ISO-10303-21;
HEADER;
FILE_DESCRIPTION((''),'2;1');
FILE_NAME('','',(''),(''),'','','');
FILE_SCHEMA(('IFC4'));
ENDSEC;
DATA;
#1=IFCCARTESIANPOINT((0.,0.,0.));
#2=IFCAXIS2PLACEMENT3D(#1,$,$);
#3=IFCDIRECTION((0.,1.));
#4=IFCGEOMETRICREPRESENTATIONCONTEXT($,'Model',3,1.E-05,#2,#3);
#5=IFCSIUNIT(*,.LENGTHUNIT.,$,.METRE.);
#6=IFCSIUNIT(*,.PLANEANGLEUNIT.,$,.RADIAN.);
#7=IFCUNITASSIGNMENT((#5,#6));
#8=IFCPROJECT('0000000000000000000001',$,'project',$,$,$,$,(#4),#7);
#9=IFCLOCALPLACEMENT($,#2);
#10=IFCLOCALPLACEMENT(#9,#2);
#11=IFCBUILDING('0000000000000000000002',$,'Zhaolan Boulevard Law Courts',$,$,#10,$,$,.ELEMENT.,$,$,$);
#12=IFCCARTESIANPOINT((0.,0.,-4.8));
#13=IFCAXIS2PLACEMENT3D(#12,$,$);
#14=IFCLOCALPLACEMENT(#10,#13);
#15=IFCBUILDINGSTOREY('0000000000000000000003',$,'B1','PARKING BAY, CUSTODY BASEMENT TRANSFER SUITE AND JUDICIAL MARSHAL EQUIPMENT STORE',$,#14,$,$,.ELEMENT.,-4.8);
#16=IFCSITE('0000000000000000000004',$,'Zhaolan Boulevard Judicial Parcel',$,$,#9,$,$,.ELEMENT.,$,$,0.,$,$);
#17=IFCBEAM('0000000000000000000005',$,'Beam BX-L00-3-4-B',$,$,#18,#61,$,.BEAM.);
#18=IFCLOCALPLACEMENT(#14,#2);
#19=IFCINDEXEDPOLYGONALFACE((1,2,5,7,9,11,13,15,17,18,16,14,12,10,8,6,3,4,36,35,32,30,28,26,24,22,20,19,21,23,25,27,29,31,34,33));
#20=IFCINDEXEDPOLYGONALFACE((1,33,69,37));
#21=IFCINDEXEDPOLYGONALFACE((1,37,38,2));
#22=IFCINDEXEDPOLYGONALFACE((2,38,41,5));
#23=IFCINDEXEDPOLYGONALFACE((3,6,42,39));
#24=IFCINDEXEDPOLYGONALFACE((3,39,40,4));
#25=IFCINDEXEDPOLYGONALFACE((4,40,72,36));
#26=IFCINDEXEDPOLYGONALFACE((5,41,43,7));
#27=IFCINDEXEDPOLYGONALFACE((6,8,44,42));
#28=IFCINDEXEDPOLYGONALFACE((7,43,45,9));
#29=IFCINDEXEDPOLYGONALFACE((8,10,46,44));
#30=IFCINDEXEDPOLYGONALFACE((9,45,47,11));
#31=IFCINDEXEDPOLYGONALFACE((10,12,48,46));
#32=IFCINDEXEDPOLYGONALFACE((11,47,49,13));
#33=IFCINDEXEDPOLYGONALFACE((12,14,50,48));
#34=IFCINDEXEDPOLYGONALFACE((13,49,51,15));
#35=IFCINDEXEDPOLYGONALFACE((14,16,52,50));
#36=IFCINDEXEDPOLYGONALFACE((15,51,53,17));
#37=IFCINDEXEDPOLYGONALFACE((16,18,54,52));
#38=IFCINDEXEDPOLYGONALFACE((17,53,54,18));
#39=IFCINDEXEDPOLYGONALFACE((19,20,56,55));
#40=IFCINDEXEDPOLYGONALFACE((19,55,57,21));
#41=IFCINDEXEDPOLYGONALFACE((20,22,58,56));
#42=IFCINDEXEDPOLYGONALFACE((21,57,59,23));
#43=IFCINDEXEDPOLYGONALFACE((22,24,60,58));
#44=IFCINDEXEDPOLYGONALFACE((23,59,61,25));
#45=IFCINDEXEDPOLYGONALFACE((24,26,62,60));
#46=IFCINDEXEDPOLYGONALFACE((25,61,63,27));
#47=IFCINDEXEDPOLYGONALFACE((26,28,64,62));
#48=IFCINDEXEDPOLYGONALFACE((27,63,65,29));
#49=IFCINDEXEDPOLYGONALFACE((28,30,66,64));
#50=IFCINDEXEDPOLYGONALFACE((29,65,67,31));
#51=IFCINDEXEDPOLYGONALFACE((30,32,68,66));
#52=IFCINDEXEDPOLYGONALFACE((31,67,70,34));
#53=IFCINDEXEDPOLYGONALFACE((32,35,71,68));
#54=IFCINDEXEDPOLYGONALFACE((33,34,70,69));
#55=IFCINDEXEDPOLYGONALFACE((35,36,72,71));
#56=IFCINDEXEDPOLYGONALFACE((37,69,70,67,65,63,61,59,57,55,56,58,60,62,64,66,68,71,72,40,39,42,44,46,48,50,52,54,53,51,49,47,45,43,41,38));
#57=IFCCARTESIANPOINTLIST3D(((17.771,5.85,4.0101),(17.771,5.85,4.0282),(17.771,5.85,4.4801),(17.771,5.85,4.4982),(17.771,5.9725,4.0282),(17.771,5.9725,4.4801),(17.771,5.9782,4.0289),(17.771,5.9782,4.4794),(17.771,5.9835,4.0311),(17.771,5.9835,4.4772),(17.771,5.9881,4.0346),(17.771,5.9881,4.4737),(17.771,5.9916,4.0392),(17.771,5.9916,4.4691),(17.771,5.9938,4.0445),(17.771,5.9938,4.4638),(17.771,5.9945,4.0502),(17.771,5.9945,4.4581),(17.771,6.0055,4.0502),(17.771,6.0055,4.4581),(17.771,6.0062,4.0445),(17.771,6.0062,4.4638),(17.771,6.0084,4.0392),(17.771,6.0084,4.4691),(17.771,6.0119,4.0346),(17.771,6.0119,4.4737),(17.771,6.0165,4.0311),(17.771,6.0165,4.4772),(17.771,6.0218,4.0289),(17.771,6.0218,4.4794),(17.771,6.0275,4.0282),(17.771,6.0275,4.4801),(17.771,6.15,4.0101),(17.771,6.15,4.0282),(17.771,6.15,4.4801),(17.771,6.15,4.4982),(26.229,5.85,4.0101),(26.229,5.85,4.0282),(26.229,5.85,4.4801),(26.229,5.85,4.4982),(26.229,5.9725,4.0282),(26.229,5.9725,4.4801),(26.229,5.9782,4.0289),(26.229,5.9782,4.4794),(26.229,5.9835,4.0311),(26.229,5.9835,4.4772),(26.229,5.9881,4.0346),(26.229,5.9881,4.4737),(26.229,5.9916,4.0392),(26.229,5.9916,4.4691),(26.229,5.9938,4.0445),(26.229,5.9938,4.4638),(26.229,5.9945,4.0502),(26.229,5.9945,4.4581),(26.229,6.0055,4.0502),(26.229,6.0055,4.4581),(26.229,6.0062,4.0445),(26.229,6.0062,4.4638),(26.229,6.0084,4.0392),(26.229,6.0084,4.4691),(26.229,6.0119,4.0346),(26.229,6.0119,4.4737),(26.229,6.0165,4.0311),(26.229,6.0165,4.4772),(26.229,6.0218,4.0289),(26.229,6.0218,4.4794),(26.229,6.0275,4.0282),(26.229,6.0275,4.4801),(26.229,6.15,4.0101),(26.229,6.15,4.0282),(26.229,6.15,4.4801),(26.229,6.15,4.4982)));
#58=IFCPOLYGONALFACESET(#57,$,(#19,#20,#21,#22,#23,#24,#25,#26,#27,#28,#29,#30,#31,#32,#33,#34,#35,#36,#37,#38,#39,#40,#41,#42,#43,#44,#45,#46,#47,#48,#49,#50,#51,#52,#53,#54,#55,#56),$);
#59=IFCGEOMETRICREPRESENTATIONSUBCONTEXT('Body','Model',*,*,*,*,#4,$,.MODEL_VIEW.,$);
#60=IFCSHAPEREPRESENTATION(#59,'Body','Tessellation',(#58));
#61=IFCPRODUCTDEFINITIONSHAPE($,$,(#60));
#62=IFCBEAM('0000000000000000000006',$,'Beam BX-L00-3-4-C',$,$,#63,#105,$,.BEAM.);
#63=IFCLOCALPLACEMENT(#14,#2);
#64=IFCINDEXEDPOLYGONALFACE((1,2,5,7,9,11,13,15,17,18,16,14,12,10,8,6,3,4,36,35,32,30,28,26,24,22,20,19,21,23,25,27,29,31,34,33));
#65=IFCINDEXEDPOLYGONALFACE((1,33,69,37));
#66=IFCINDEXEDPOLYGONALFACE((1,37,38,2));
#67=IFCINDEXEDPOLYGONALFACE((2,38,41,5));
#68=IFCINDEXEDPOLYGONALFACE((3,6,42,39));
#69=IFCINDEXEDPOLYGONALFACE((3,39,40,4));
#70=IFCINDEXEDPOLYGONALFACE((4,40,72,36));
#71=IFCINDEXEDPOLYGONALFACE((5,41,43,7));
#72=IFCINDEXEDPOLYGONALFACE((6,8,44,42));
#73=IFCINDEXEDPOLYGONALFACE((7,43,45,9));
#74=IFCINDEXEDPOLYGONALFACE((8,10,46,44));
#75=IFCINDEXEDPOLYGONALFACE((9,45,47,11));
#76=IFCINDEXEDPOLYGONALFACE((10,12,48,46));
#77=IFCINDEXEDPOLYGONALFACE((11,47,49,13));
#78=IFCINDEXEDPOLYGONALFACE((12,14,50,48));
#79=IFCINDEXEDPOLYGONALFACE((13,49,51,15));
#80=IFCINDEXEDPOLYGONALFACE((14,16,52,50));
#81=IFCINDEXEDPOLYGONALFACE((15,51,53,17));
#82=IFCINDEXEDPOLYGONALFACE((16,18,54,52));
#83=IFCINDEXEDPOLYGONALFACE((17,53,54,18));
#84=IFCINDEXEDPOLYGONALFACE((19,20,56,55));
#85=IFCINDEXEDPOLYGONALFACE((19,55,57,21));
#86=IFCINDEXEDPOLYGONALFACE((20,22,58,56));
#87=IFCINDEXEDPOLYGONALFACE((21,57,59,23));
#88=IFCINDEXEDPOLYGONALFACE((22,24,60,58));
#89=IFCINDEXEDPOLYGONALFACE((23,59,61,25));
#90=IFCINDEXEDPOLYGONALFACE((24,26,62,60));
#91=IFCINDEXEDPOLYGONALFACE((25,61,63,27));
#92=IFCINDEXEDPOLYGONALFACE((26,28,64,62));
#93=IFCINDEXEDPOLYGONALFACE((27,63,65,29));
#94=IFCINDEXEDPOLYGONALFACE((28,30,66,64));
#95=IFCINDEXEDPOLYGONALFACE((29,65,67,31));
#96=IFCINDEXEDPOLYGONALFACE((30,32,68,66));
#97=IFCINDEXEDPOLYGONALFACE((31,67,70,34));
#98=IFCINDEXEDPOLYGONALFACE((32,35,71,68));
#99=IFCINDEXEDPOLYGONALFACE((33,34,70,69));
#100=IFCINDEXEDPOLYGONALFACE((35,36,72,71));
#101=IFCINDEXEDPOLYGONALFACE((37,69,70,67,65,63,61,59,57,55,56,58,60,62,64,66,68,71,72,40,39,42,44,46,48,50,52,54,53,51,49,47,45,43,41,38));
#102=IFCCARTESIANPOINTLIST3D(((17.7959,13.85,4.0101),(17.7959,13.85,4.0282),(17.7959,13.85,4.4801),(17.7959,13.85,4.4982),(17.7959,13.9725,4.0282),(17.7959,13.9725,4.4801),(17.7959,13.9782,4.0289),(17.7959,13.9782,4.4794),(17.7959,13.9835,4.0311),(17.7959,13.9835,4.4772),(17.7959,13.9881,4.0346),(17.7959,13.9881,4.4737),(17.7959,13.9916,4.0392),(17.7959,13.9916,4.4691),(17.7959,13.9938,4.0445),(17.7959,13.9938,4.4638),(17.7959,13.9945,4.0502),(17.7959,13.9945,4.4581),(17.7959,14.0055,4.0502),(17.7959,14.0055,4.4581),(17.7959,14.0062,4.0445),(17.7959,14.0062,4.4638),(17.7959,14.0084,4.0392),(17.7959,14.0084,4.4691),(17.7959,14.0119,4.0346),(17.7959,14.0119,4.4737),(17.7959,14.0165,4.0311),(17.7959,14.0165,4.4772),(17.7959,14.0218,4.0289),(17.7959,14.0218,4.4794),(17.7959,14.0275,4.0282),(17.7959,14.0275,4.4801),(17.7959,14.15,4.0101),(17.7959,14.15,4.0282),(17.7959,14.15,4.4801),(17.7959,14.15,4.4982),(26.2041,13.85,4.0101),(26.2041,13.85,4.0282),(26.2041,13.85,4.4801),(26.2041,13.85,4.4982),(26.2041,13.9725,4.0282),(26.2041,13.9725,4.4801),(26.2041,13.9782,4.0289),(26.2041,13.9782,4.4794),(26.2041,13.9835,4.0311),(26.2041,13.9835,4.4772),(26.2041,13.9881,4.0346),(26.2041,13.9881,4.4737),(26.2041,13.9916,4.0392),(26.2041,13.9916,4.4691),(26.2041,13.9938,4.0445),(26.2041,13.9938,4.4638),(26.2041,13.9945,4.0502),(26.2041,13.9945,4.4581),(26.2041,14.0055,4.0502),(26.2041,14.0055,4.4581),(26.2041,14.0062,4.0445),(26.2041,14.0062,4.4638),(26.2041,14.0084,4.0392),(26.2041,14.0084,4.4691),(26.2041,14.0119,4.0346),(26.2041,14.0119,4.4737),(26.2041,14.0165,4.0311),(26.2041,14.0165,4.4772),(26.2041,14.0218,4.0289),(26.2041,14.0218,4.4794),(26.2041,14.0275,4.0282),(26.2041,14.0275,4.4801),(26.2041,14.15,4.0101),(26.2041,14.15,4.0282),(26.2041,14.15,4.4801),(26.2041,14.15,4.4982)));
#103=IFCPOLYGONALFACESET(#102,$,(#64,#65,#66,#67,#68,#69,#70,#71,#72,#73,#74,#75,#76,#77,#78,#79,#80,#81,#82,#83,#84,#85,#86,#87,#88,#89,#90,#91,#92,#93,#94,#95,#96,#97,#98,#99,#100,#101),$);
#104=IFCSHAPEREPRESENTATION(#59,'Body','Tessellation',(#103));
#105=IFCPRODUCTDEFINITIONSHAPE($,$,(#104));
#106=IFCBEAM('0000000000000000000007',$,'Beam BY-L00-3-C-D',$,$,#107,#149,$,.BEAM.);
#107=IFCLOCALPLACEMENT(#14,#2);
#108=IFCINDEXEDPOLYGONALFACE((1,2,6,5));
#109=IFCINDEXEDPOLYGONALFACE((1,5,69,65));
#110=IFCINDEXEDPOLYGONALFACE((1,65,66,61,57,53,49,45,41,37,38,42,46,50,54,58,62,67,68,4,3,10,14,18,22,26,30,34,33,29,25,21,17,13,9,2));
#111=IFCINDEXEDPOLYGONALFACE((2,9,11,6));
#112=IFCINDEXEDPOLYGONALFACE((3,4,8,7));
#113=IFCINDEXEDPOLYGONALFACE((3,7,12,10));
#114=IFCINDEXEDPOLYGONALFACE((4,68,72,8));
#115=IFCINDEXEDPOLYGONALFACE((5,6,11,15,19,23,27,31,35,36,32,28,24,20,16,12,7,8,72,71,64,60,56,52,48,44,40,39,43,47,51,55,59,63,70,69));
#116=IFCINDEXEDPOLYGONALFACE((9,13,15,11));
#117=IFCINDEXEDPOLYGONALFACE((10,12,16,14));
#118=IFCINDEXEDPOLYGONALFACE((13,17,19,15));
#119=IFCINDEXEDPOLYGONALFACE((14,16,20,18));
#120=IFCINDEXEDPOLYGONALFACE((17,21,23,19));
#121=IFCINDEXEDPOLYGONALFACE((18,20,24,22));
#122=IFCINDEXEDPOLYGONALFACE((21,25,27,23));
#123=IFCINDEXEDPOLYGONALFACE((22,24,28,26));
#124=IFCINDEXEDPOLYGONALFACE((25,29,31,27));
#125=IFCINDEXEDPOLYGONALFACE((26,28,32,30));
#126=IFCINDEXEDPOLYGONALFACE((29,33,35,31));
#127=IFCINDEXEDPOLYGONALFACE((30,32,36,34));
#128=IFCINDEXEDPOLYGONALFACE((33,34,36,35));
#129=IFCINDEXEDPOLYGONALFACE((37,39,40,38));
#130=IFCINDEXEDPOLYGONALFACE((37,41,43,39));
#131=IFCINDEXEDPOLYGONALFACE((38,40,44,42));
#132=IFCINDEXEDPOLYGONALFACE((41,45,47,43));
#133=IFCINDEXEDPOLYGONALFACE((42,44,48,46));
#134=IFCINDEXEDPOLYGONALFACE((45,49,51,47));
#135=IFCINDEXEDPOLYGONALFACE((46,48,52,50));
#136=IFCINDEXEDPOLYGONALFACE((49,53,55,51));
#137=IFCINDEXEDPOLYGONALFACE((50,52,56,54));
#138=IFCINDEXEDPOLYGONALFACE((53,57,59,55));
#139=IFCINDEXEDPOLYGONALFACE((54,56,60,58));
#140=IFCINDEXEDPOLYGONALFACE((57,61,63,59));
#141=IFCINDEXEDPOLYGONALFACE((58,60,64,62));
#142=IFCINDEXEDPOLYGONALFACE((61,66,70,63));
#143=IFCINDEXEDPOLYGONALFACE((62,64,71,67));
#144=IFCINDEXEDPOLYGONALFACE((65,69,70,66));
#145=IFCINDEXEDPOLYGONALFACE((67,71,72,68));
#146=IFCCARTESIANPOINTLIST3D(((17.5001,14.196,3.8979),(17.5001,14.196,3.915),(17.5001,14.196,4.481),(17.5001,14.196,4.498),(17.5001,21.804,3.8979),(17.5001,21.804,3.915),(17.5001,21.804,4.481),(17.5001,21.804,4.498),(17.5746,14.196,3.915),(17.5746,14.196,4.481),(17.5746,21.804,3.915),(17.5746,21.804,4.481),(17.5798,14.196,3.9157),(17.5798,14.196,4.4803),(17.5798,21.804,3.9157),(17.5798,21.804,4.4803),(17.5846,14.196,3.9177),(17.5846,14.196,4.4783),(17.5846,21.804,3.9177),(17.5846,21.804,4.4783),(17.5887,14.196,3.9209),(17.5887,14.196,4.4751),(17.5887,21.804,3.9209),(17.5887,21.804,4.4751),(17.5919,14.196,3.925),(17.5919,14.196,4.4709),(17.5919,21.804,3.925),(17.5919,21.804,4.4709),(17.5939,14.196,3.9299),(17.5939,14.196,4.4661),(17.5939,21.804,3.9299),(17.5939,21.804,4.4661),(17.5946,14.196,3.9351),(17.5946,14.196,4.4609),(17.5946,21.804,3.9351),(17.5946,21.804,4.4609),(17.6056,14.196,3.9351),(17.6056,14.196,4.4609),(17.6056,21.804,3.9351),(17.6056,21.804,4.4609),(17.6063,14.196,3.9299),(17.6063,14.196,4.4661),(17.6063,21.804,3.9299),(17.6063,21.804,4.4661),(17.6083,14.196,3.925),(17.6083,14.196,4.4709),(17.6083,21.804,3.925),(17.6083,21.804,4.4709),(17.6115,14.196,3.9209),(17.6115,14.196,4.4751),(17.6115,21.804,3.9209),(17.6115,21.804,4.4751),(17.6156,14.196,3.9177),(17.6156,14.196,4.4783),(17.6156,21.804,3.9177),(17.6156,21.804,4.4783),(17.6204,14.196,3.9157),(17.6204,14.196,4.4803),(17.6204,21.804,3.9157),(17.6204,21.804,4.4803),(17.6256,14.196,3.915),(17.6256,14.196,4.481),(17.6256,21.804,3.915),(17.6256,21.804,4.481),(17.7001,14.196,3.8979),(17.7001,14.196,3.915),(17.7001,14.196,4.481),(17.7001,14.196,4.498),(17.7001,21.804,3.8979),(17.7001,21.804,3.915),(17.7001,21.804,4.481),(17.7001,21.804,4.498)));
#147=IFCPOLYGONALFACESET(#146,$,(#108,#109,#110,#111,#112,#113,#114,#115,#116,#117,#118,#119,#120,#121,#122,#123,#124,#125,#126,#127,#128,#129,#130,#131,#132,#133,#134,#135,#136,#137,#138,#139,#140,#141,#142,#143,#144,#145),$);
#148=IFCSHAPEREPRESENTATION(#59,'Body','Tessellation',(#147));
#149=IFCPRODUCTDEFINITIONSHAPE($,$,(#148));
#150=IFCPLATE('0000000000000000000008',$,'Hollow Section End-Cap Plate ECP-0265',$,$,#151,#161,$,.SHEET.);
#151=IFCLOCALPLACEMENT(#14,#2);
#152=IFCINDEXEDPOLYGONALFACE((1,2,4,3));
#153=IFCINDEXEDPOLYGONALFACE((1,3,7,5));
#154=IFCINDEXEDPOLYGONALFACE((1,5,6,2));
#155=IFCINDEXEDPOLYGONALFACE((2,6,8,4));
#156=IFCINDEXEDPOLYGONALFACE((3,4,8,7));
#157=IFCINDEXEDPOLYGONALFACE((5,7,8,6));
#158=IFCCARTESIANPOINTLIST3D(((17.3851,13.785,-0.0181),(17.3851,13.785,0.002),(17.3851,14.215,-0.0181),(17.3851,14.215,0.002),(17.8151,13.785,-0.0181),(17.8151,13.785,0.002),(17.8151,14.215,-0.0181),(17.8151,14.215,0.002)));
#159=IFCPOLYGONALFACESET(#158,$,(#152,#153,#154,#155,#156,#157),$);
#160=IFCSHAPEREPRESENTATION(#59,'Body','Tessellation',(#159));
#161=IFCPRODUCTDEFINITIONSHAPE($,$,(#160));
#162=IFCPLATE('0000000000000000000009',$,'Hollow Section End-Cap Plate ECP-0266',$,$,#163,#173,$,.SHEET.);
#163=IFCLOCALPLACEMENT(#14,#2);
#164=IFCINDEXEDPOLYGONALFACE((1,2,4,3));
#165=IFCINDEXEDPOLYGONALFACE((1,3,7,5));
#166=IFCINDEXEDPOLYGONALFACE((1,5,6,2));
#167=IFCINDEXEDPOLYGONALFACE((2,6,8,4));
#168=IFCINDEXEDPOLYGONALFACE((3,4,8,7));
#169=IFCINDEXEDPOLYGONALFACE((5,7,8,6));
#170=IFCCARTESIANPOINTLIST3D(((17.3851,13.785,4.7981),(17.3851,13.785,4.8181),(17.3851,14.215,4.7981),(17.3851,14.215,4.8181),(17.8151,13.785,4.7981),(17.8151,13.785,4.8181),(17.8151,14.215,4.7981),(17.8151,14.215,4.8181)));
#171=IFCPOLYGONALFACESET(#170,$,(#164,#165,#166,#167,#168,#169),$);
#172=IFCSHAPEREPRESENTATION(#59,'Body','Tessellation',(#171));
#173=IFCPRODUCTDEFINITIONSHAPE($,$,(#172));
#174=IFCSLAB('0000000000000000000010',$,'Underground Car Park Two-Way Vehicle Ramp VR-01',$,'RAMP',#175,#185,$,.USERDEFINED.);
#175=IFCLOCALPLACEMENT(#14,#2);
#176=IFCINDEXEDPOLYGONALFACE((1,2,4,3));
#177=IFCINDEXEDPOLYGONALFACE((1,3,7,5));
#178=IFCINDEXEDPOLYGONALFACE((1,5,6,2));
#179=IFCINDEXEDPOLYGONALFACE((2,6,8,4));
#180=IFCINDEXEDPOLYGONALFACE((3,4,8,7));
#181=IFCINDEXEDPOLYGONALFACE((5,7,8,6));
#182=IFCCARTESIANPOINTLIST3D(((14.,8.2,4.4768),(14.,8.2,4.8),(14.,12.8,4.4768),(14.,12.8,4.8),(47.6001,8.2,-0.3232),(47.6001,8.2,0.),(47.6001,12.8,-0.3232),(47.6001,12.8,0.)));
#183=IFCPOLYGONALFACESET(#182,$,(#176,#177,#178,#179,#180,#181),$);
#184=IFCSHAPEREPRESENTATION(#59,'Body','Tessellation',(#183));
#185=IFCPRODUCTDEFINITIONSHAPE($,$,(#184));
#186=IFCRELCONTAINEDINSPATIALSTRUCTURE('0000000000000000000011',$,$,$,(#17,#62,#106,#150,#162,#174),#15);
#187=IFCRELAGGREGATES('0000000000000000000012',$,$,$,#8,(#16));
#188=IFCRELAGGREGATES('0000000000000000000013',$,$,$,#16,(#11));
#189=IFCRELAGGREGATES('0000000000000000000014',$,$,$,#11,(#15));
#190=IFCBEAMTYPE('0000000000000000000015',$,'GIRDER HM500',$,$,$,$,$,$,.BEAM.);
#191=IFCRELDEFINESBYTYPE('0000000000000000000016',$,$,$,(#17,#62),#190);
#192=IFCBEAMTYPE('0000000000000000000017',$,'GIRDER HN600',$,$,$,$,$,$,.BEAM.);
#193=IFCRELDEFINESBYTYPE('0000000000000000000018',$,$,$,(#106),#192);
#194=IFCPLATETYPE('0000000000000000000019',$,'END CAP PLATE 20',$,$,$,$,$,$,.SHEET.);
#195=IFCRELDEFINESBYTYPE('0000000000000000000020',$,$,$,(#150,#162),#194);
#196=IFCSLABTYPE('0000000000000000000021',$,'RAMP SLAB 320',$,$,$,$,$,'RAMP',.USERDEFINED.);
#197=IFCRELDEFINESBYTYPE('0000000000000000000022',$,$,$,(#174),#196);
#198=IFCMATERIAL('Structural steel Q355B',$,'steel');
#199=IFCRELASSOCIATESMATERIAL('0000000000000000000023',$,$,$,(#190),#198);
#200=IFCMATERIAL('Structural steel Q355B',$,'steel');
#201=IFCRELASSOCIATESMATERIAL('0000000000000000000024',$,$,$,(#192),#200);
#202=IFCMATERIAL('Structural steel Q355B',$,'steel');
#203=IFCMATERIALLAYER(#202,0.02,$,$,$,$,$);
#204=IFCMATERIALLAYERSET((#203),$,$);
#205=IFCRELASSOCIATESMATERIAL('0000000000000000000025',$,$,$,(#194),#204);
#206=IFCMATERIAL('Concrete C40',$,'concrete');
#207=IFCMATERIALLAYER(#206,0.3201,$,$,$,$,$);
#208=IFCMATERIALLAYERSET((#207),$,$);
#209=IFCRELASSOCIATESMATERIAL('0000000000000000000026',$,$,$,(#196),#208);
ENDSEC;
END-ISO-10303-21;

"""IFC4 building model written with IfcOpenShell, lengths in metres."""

from ifc_helpers import new_model, si_unit, direction, frame, origin, origin_2d, place, context, subcontext, project, spatial, polyline, rectangle, i_section, outline, extrude, material, layer, layer_set, material_profile, profile_set, type_object, element, save


model = new_model("IFC4")

# Units and contexts
model_context = context("Model", 3, precision=1e-05, world=origin(), true_north=direction((0.0, 1.0)))
body_context = subcontext(model_context, "Body", "Model", "MODEL_VIEW")
ifc_project = project(units=[si_unit("LENGTHUNIT", "METRE"), si_unit("PLANEANGLEUNIT", "RADIAN")], contexts=[model_context])

# Site, building, storey
site_placement = place(None, origin())
site = spatial("IfcSite", under=ifc_project, at=site_placement, Name="Zhaolan Boulevard Judicial Parcel", CompositionType="ELEMENT", RefElevation=0.0)
building_placement = place(site_placement, origin())
building = spatial("IfcBuilding", under=site, at=building_placement, Name="Zhaolan Boulevard Law Courts", CompositionType="ELEMENT")
storey_placement = place(building_placement, frame((0.0, 0.0, -4.8)))
storey = spatial("IfcBuildingStorey", under=building, at=storey_placement, Name="B1", Description="PARKING BAY, CUSTODY BASEMENT TRANSFER SUITE AND JUDICIAL MARSHAL EQUIPMENT STORE", CompositionType="ELEMENT", Elevation=-4.8)

# Beams
ifc_material_1 = material(Name="Structural steel Q355B", Category="steel")
ifc_material_profile_1 = material_profile(ifc_material_1, i_section(OverallWidth=0.3, OverallDepth=0.488, WebThickness=0.011, FlangeThickness=0.0181, FilletRadius=0.022, at=origin_2d()), Name="HM488x300")
ifc_profile_set_1 = profile_set([ifc_material_profile_1], Name="Structural steel Q355B")
beam_type_1 = type_object("IfcBeamType", Name="GIRDER HM500", PredefinedType="BEAM", material=ifc_profile_set_1)
beam_1_placement = place(storey_placement, frame((17.771, 6.0, 4.2542), z_axis=(1.0, 0.0, 0.0), x_axis=(0.0, 1.0, 0.0)))
element("IfcBeam", 1, at=beam_1_placement, inside=storey, type_object=beam_type_1, Name="Beam BX-L00-3-4-B", PredefinedType="BEAM", context=body_context, shape_type="SweptSolid", body=[
    extrude(i_section(OverallWidth=0.3, OverallDepth=0.488, WebThickness=0.011, FlangeThickness=0.0181, FilletRadius=0.022, at=origin_2d()), origin(), (0.0, 0.0, 1.0), 8.458),
])
beam_2_placement = place(storey_placement, frame((17.7959, 14.0, 4.2542), z_axis=(1.0, 0.0, 0.0), x_axis=(0.0, 1.0, 0.0)))
element("IfcBeam", 2, at=beam_2_placement, inside=storey, type_object=beam_type_1, Name="Beam BX-L00-3-4-C", PredefinedType="BEAM", context=body_context, shape_type="SweptSolid", body=[
    extrude(i_section(OverallWidth=0.3, OverallDepth=0.488, WebThickness=0.011, FlangeThickness=0.0181, FilletRadius=0.022, at=origin_2d()), origin(), (0.0, 0.0, 1.0), 8.4082),
])
ifc_material_2 = material(Name="Structural steel Q355B", Category="steel")
ifc_material_profile_2 = material_profile(ifc_material_2, i_section(OverallWidth=0.2, OverallDepth=0.6001, WebThickness=0.011, FlangeThickness=0.0171, FilletRadius=0.02, at=origin_2d()), Name="HN600x200")
ifc_profile_set_2 = profile_set([ifc_material_profile_2], Name="Structural steel Q355B")
beam_type_2 = type_object("IfcBeamType", Name="GIRDER HN600", PredefinedType="BEAM", material=ifc_profile_set_2)
beam_3_placement = place(storey_placement, frame((17.6001, 14.196, 4.198), z_axis=(0.0, 1.0, 0.0), x_axis=(-1.0, 0.0, 0.0)))
element("IfcBeam", 3, at=beam_3_placement, inside=storey, type_object=beam_type_2, Name="Beam BY-L00-3-C-D", PredefinedType="BEAM", context=body_context, shape_type="SweptSolid", body=[
    extrude(i_section(OverallWidth=0.2, OverallDepth=0.6001, WebThickness=0.011, FlangeThickness=0.0171, FilletRadius=0.02, at=origin_2d()), origin(), (0.0, 0.0, 1.0), 7.6079),
])

# Plates
ifc_material_3 = material(Name="Structural steel Q355B", Category="steel")
ifc_layer_1 = layer(ifc_material_3, 0.02)
ifc_layer_set_1 = layer_set([ifc_layer_1])
plate_type = type_object("IfcPlateType", Name="END CAP PLATE 20", PredefinedType="SHEET", material=ifc_layer_set_1)
for number, where, z_axis, x_axis, name in (
    (4, (17.6001, 14.0, -0.0181), (0.0, 0.0, 1.0), (1.0, 0.0, 0.0), "Hollow Section End-Cap Plate ECP-0265"),
    (5, (17.6001, 14.0, 4.7981), (0.0, 0.0, 1.0), (1.0, 0.0, 0.0), "Hollow Section End-Cap Plate ECP-0266"),
):
    element("IfcPlate", number, at=place(storey_placement, frame(where, z_axis=z_axis, x_axis=x_axis)), inside=storey, type_object=plate_type, Name=name, PredefinedType="SHEET", context=body_context, shape_type="SweptSolid", body=[
        extrude(rectangle(XDim=0.4299, YDim=0.4299, at=origin_2d()), origin(), (0.0, 0.0, 1.0), 0.02),
    ])

# Slab
ifc_material_4 = material(Name="Concrete C40", Category="concrete")
ifc_layer_2 = layer(ifc_material_4, 0.3201)
ifc_layer_set_2 = layer_set([ifc_layer_2])
slab_type = type_object("IfcSlabType", Name="RAMP SLAB 320", ElementType="RAMP", PredefinedType="USERDEFINED", material=ifc_layer_set_2)
slab_placement = place(storey_placement, frame((14.0, 12.8, 0.0), z_axis=(0.0, -1.0, 0.0), x_axis=(1.0, 0.0, 0.0)))
element("IfcSlab", 6, at=slab_placement, inside=storey, type_object=slab_type, Name="Underground Car Park Two-Way Vehicle Ramp VR-01", ObjectType="RAMP", PredefinedType="USERDEFINED", context=body_context, shape_type="SweptSolid", body=[
    extrude(outline(polyline([(0.0, 4.8), (33.6001, 0.0), (33.6001, -0.3232), (0.0, 4.4768), (0.0, 4.8)])), origin(), (0.0, 0.0, 1.0), 4.6001),
])

save(model, "model.ifc")
